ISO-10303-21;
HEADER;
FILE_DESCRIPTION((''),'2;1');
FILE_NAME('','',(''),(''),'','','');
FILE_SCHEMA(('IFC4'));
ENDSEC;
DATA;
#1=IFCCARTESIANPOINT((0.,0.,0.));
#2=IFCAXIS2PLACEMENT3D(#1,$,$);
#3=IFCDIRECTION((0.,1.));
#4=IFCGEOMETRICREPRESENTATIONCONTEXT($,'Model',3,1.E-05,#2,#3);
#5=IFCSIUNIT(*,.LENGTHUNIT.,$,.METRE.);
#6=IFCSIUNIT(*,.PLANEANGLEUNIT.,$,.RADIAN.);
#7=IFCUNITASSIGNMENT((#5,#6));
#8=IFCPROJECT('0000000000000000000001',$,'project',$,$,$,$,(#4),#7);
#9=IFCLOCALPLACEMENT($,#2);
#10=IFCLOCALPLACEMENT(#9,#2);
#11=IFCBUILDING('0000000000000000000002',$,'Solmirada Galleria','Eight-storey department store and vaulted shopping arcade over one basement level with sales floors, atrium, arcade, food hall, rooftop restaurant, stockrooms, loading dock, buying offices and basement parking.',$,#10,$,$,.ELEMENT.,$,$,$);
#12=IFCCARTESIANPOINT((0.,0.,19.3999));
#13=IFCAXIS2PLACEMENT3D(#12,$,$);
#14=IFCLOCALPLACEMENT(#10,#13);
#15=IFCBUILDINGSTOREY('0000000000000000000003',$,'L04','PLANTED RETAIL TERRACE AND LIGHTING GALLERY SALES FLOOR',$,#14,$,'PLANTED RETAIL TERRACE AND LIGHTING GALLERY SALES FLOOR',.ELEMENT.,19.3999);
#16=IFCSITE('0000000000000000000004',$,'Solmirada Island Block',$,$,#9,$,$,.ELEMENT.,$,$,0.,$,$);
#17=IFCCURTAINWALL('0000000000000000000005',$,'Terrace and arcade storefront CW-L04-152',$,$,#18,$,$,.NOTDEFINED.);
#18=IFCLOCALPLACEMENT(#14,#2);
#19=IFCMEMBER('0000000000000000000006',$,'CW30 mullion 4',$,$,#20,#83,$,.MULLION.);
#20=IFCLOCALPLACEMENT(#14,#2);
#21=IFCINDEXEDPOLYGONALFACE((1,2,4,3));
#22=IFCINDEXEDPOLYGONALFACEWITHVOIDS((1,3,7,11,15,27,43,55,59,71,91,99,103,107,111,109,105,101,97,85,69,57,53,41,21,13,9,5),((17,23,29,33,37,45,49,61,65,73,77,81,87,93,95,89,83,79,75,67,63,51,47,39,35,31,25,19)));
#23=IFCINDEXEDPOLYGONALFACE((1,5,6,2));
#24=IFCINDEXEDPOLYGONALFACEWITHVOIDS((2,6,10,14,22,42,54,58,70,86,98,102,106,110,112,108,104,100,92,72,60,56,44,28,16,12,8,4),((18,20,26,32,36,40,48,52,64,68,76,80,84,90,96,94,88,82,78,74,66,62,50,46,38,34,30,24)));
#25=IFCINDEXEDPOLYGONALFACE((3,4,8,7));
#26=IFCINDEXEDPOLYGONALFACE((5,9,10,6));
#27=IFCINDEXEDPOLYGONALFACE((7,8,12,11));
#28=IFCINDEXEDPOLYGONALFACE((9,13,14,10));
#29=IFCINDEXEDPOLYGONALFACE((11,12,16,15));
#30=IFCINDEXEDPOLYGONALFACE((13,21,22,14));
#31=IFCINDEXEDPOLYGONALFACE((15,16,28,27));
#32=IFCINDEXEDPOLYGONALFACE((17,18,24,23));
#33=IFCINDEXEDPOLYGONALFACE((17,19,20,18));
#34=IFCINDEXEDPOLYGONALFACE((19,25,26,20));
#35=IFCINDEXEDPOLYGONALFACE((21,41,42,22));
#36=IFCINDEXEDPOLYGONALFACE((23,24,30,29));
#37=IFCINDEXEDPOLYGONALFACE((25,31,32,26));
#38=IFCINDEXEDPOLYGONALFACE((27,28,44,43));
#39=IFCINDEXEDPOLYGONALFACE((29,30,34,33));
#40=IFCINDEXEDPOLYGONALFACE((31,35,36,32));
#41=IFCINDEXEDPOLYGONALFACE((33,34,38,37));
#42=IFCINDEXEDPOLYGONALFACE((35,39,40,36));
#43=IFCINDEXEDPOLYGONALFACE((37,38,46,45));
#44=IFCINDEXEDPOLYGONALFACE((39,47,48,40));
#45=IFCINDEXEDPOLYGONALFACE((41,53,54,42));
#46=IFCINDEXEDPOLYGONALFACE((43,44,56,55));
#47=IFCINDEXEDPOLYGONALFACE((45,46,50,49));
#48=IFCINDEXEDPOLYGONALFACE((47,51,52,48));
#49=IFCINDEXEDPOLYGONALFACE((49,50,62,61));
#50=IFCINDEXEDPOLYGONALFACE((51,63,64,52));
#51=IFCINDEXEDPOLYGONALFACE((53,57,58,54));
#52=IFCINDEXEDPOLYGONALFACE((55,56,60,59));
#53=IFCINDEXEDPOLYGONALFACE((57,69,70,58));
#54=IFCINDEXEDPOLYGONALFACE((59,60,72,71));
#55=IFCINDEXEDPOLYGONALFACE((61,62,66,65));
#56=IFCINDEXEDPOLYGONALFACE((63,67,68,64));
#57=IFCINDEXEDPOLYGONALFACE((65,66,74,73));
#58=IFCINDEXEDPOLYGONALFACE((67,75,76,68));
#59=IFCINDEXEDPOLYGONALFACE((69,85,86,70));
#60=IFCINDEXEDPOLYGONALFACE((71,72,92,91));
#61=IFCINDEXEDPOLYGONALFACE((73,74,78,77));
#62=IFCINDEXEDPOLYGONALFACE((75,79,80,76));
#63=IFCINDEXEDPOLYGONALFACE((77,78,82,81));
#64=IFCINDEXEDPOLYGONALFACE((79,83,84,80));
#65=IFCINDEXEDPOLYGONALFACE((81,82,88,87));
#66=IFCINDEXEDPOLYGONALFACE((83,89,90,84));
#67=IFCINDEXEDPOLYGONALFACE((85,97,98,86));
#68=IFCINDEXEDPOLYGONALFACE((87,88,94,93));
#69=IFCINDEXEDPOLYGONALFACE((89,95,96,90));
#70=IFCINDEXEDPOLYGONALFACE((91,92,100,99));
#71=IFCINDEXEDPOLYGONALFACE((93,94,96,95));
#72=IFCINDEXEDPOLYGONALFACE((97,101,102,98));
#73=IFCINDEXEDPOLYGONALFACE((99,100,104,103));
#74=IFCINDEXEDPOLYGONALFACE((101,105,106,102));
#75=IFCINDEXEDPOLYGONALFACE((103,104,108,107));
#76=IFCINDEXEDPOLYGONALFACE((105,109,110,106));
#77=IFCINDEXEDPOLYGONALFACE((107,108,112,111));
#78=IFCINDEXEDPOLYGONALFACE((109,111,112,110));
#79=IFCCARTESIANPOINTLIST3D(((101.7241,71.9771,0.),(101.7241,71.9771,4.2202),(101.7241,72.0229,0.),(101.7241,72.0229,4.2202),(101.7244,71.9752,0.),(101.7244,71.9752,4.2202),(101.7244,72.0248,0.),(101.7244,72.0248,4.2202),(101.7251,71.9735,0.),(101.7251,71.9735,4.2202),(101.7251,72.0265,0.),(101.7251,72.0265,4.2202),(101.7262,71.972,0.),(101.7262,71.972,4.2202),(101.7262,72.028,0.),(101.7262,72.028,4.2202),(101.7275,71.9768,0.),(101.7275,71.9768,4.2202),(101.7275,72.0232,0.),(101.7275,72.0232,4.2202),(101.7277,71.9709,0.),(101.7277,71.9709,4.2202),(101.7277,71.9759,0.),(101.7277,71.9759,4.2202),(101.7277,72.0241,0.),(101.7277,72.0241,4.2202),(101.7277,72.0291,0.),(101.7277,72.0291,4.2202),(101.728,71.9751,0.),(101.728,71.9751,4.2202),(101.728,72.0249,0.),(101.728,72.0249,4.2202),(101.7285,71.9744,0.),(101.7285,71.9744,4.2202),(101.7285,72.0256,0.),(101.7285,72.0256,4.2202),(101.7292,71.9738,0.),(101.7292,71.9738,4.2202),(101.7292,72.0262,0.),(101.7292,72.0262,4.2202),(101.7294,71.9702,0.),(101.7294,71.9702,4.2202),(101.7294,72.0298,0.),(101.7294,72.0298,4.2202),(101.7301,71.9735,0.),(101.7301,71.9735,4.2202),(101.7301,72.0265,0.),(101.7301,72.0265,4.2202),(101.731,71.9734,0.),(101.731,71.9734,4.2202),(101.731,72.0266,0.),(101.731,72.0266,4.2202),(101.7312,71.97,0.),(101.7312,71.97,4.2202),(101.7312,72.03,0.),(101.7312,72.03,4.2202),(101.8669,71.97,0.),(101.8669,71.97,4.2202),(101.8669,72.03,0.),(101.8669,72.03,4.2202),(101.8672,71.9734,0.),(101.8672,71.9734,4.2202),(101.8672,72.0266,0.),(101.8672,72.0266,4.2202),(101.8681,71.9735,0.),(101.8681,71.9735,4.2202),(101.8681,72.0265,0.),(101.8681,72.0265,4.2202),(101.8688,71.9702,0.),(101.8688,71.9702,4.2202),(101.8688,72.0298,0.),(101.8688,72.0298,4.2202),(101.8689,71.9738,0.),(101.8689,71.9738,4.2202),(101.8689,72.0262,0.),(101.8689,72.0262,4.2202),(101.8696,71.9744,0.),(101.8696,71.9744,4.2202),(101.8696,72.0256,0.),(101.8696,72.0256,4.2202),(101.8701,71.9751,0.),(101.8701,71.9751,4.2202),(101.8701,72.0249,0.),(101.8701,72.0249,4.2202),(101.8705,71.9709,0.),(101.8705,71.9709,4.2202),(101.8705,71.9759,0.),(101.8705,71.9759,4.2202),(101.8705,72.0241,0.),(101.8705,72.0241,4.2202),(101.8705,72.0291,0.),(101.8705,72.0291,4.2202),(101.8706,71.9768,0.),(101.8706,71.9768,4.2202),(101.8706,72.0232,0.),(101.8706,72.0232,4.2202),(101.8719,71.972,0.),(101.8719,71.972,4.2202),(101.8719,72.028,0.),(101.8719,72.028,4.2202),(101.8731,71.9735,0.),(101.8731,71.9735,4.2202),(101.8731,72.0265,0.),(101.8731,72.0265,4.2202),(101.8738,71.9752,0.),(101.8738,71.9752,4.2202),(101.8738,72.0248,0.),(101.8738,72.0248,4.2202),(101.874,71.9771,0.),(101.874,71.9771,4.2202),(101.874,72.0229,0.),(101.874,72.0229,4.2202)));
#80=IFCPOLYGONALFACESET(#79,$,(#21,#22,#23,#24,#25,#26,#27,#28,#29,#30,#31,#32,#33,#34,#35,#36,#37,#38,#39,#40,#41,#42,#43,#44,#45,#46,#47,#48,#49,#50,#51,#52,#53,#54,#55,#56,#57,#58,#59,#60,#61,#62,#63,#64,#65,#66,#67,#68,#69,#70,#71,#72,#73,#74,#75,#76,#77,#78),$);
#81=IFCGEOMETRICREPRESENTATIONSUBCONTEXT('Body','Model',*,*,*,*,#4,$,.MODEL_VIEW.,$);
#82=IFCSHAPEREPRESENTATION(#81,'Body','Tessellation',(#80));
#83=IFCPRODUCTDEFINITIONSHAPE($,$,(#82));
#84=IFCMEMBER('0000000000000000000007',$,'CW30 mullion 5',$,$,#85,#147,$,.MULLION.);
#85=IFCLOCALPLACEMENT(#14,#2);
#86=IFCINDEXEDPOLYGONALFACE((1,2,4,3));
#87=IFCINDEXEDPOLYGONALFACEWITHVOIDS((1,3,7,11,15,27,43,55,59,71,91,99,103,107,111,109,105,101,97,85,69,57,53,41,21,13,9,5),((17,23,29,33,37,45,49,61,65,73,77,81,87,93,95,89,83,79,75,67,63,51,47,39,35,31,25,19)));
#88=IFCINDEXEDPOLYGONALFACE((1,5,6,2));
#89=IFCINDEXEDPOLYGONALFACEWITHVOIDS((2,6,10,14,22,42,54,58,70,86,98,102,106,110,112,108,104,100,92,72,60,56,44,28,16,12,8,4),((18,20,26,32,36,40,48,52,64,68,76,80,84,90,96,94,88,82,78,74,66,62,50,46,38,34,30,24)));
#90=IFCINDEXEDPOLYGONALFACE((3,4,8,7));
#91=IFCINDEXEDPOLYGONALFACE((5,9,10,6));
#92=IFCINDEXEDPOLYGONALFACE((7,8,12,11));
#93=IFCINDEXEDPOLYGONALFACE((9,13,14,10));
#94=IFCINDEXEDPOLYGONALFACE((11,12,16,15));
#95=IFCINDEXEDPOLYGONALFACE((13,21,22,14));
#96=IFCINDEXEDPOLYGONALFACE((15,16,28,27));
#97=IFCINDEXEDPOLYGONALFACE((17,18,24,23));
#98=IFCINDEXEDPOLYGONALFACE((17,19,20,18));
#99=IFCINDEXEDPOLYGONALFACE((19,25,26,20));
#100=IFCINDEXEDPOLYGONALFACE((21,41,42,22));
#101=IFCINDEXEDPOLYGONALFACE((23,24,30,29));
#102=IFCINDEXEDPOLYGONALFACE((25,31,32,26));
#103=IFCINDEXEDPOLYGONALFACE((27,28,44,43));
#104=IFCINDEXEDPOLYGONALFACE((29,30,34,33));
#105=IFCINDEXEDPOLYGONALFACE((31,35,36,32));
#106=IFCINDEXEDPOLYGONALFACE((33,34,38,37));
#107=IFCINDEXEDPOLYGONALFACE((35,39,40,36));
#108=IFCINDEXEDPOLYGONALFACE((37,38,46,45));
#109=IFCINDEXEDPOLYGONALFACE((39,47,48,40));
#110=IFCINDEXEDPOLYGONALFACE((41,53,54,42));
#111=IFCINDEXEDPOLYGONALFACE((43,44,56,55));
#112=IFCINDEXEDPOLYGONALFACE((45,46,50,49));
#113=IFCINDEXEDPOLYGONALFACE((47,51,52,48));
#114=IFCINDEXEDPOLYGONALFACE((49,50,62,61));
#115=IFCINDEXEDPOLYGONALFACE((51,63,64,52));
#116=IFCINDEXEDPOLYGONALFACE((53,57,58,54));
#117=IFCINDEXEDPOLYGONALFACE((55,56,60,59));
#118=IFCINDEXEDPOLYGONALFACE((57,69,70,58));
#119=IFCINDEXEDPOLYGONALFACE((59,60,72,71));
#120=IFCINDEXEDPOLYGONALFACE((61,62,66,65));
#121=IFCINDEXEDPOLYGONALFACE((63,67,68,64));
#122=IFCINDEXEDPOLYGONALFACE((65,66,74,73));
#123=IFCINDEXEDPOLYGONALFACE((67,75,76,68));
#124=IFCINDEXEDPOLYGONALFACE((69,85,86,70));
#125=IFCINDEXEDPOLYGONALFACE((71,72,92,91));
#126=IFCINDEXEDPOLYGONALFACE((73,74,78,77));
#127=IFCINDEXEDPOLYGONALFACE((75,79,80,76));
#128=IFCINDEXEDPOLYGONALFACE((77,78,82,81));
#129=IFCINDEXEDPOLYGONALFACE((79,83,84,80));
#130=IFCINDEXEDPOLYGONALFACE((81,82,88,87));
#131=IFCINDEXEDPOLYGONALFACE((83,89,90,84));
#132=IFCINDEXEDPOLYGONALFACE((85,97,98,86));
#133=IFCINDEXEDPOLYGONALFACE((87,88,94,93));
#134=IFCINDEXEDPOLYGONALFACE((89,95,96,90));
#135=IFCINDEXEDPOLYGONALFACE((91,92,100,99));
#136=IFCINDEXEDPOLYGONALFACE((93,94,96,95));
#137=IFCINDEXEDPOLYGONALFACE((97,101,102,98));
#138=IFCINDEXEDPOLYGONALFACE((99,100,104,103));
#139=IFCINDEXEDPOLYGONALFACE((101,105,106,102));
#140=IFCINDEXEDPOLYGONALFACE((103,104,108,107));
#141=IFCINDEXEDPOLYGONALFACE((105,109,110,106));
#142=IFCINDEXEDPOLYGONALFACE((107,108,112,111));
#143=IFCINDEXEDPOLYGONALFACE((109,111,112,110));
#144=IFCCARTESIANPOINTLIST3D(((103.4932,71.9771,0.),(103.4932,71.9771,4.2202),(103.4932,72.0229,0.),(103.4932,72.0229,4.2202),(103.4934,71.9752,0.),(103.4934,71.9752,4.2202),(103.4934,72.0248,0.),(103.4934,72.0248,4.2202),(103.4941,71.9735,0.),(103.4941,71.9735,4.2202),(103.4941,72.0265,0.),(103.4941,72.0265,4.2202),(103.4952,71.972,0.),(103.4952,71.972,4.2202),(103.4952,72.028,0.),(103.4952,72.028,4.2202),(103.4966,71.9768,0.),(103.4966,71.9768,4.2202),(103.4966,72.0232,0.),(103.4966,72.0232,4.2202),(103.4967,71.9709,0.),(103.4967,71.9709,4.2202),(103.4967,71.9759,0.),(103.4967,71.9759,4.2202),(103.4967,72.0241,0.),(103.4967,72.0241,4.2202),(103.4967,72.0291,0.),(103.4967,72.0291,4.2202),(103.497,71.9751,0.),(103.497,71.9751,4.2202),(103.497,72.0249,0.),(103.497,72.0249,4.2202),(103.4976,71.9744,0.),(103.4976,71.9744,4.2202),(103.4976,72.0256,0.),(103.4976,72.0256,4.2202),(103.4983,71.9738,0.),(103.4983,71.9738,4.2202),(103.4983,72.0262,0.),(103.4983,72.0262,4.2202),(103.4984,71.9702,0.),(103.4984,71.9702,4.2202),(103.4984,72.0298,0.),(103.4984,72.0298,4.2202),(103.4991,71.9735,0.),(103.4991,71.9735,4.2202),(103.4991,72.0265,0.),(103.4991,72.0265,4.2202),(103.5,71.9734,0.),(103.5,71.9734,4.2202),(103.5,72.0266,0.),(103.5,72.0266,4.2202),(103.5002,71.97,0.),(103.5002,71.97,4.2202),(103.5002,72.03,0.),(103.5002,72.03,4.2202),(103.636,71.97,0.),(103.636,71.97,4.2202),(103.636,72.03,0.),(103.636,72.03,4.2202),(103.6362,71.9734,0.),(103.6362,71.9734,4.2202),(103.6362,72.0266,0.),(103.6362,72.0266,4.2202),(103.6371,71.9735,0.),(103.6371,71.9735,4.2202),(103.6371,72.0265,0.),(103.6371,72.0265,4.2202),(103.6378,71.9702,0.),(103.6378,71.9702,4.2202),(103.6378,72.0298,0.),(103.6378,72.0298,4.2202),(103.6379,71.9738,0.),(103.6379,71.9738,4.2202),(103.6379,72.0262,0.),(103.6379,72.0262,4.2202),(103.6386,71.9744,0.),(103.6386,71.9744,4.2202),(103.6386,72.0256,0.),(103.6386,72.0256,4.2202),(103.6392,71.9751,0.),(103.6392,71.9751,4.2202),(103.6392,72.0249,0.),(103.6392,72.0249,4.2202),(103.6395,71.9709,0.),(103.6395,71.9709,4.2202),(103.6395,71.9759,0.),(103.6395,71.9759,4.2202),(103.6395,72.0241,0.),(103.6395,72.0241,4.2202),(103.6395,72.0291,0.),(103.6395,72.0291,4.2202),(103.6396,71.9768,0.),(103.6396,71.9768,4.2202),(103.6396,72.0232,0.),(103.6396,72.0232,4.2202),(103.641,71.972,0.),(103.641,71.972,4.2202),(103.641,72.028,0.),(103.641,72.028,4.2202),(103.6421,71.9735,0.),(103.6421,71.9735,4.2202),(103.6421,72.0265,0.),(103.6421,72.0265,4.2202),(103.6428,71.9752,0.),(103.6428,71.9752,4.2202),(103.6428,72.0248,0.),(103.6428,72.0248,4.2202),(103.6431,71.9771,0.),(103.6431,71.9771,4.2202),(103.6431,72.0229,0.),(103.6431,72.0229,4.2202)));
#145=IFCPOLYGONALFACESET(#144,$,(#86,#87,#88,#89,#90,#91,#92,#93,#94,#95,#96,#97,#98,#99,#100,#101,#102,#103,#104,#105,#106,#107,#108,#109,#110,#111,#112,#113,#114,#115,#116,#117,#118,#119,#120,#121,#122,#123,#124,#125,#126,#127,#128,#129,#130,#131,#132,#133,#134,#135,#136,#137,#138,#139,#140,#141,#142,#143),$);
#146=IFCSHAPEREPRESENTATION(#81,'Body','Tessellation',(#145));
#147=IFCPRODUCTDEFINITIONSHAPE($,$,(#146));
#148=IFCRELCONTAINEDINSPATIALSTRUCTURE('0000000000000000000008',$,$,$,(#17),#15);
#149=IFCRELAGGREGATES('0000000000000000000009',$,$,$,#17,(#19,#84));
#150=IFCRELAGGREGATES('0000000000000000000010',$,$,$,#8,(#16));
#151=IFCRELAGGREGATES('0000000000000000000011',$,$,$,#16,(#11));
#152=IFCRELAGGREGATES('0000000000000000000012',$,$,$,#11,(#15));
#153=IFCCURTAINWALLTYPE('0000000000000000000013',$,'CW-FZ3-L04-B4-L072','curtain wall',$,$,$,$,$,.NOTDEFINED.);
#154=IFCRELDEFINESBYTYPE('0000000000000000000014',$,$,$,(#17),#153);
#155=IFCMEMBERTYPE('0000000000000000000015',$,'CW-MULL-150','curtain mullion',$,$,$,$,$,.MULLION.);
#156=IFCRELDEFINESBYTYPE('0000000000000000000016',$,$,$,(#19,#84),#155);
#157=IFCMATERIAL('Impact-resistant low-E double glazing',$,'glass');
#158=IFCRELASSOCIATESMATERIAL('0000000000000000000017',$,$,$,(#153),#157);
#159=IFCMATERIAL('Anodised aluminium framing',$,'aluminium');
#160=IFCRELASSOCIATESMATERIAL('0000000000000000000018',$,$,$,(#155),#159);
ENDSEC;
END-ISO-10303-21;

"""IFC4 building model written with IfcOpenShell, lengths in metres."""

from ifc_helpers import new_model, si_unit, direction, frame, origin, origin_2d, place, context, subcontext, project, spatial, hollow_rectangle, extrude, material, material_profile, profile_set, type_object, element, aggregate, save


model = new_model("IFC4")

# Units and contexts
model_context = context("Model", 3, precision=1e-05, world=origin(), true_north=direction((0.0, 1.0)))
body_context = subcontext(model_context, "Body", "Model", "MODEL_VIEW")
ifc_project = project(units=[si_unit("LENGTHUNIT", "METRE"), si_unit("PLANEANGLEUNIT", "RADIAN")], contexts=[model_context])

# Site, building, storey
site_placement = place(None, origin())
site = spatial("IfcSite", under=ifc_project, at=site_placement, Name="Solmirada Island Block", CompositionType="ELEMENT", RefElevation=0.0)
building_placement = place(site_placement, origin())
building = spatial("IfcBuilding", under=site, at=building_placement, Name="Solmirada Galleria", Description="Eight-storey department store and vaulted shopping arcade over one basement level with sales floors, atrium, arcade, food hall, rooftop restaurant, stockrooms, loading dock, buying offices and basement parking.", CompositionType="ELEMENT")
storey_placement = place(building_placement, frame((0.0, 0.0, 19.3999)))
storey = spatial("IfcBuildingStorey", under=building, at=storey_placement, Name="L04", Description="PLANTED RETAIL TERRACE AND LIGHTING GALLERY SALES FLOOR", LongName="PLANTED RETAIL TERRACE AND LIGHTING GALLERY SALES FLOOR", CompositionType="ELEMENT", Elevation=19.3999)

# Curtain wall, members
ifc_material_1 = material(Name="Impact-resistant low-E double glazing", Category="glass")
curtain_wall_type = type_object("IfcCurtainWallType", Name="CW-FZ3-L04-B4-L072", Description="curtain wall", PredefinedType="NOTDEFINED", material=ifc_material_1)
curtain_wall_placement = place(storey_placement, origin())
curtain_wall = element("IfcCurtainWall", 1, at=curtain_wall_placement, inside=storey, type_object=curtain_wall_type, Name="Terrace and arcade storefront CW-L04-152", PredefinedType="NOTDEFINED")
ifc_material_2 = material(Name="Anodised aluminium framing", Category="aluminium")
ifc_material_profile_1 = material_profile(ifc_material_2, hollow_rectangle(XDim=0.0601, YDim=0.1499, WallThickness=0.0034, InnerFilletRadius=0.0034, OuterFilletRadius=0.0071, at=origin_2d()), Name="ALU-MULL-150X60")
ifc_profile_set_1 = profile_set([ifc_material_profile_1], Name="Anodised aluminium framing")
member_type_1 = type_object("IfcMemberType", Name="CW-MULL-150", Description="curtain mullion", PredefinedType="MULLION", material=ifc_profile_set_1)
member_1_placement = place(storey_placement, frame((101.7991, 72.0, 0.0), z_axis=(0.0, 0.0, 1.0), x_axis=(0.0, 1.0, 0.0)))
member_1 = element("IfcMember", 2, at=member_1_placement, type_object=member_type_1, Name="CW30 mullion 4", PredefinedType="MULLION", context=body_context, shape_type="SweptSolid", body=[
    extrude(hollow_rectangle(XDim=0.0601, YDim=0.1499, WallThickness=0.0034, InnerFilletRadius=0.0034, OuterFilletRadius=0.0071, at=origin_2d()), origin(), (0.0, 0.0, 1.0), 4.2202),
])
member_2_placement = place(storey_placement, frame((103.5681, 72.0, 0.0), z_axis=(0.0, 0.0, 1.0), x_axis=(0.0, 1.0, 0.0)))
member_2 = element("IfcMember", 3, at=member_2_placement, type_object=member_type_1, Name="CW30 mullion 5", PredefinedType="MULLION", context=body_context, shape_type="SweptSolid", body=[
    extrude(hollow_rectangle(XDim=0.0601, YDim=0.1499, WallThickness=0.0034, InnerFilletRadius=0.0034, OuterFilletRadius=0.0071, at=origin_2d()), origin(), (0.0, 0.0, 1.0), 4.2202),
])
aggregate(curtain_wall, [member_1, member_2])

save(model, "model.ifc")
